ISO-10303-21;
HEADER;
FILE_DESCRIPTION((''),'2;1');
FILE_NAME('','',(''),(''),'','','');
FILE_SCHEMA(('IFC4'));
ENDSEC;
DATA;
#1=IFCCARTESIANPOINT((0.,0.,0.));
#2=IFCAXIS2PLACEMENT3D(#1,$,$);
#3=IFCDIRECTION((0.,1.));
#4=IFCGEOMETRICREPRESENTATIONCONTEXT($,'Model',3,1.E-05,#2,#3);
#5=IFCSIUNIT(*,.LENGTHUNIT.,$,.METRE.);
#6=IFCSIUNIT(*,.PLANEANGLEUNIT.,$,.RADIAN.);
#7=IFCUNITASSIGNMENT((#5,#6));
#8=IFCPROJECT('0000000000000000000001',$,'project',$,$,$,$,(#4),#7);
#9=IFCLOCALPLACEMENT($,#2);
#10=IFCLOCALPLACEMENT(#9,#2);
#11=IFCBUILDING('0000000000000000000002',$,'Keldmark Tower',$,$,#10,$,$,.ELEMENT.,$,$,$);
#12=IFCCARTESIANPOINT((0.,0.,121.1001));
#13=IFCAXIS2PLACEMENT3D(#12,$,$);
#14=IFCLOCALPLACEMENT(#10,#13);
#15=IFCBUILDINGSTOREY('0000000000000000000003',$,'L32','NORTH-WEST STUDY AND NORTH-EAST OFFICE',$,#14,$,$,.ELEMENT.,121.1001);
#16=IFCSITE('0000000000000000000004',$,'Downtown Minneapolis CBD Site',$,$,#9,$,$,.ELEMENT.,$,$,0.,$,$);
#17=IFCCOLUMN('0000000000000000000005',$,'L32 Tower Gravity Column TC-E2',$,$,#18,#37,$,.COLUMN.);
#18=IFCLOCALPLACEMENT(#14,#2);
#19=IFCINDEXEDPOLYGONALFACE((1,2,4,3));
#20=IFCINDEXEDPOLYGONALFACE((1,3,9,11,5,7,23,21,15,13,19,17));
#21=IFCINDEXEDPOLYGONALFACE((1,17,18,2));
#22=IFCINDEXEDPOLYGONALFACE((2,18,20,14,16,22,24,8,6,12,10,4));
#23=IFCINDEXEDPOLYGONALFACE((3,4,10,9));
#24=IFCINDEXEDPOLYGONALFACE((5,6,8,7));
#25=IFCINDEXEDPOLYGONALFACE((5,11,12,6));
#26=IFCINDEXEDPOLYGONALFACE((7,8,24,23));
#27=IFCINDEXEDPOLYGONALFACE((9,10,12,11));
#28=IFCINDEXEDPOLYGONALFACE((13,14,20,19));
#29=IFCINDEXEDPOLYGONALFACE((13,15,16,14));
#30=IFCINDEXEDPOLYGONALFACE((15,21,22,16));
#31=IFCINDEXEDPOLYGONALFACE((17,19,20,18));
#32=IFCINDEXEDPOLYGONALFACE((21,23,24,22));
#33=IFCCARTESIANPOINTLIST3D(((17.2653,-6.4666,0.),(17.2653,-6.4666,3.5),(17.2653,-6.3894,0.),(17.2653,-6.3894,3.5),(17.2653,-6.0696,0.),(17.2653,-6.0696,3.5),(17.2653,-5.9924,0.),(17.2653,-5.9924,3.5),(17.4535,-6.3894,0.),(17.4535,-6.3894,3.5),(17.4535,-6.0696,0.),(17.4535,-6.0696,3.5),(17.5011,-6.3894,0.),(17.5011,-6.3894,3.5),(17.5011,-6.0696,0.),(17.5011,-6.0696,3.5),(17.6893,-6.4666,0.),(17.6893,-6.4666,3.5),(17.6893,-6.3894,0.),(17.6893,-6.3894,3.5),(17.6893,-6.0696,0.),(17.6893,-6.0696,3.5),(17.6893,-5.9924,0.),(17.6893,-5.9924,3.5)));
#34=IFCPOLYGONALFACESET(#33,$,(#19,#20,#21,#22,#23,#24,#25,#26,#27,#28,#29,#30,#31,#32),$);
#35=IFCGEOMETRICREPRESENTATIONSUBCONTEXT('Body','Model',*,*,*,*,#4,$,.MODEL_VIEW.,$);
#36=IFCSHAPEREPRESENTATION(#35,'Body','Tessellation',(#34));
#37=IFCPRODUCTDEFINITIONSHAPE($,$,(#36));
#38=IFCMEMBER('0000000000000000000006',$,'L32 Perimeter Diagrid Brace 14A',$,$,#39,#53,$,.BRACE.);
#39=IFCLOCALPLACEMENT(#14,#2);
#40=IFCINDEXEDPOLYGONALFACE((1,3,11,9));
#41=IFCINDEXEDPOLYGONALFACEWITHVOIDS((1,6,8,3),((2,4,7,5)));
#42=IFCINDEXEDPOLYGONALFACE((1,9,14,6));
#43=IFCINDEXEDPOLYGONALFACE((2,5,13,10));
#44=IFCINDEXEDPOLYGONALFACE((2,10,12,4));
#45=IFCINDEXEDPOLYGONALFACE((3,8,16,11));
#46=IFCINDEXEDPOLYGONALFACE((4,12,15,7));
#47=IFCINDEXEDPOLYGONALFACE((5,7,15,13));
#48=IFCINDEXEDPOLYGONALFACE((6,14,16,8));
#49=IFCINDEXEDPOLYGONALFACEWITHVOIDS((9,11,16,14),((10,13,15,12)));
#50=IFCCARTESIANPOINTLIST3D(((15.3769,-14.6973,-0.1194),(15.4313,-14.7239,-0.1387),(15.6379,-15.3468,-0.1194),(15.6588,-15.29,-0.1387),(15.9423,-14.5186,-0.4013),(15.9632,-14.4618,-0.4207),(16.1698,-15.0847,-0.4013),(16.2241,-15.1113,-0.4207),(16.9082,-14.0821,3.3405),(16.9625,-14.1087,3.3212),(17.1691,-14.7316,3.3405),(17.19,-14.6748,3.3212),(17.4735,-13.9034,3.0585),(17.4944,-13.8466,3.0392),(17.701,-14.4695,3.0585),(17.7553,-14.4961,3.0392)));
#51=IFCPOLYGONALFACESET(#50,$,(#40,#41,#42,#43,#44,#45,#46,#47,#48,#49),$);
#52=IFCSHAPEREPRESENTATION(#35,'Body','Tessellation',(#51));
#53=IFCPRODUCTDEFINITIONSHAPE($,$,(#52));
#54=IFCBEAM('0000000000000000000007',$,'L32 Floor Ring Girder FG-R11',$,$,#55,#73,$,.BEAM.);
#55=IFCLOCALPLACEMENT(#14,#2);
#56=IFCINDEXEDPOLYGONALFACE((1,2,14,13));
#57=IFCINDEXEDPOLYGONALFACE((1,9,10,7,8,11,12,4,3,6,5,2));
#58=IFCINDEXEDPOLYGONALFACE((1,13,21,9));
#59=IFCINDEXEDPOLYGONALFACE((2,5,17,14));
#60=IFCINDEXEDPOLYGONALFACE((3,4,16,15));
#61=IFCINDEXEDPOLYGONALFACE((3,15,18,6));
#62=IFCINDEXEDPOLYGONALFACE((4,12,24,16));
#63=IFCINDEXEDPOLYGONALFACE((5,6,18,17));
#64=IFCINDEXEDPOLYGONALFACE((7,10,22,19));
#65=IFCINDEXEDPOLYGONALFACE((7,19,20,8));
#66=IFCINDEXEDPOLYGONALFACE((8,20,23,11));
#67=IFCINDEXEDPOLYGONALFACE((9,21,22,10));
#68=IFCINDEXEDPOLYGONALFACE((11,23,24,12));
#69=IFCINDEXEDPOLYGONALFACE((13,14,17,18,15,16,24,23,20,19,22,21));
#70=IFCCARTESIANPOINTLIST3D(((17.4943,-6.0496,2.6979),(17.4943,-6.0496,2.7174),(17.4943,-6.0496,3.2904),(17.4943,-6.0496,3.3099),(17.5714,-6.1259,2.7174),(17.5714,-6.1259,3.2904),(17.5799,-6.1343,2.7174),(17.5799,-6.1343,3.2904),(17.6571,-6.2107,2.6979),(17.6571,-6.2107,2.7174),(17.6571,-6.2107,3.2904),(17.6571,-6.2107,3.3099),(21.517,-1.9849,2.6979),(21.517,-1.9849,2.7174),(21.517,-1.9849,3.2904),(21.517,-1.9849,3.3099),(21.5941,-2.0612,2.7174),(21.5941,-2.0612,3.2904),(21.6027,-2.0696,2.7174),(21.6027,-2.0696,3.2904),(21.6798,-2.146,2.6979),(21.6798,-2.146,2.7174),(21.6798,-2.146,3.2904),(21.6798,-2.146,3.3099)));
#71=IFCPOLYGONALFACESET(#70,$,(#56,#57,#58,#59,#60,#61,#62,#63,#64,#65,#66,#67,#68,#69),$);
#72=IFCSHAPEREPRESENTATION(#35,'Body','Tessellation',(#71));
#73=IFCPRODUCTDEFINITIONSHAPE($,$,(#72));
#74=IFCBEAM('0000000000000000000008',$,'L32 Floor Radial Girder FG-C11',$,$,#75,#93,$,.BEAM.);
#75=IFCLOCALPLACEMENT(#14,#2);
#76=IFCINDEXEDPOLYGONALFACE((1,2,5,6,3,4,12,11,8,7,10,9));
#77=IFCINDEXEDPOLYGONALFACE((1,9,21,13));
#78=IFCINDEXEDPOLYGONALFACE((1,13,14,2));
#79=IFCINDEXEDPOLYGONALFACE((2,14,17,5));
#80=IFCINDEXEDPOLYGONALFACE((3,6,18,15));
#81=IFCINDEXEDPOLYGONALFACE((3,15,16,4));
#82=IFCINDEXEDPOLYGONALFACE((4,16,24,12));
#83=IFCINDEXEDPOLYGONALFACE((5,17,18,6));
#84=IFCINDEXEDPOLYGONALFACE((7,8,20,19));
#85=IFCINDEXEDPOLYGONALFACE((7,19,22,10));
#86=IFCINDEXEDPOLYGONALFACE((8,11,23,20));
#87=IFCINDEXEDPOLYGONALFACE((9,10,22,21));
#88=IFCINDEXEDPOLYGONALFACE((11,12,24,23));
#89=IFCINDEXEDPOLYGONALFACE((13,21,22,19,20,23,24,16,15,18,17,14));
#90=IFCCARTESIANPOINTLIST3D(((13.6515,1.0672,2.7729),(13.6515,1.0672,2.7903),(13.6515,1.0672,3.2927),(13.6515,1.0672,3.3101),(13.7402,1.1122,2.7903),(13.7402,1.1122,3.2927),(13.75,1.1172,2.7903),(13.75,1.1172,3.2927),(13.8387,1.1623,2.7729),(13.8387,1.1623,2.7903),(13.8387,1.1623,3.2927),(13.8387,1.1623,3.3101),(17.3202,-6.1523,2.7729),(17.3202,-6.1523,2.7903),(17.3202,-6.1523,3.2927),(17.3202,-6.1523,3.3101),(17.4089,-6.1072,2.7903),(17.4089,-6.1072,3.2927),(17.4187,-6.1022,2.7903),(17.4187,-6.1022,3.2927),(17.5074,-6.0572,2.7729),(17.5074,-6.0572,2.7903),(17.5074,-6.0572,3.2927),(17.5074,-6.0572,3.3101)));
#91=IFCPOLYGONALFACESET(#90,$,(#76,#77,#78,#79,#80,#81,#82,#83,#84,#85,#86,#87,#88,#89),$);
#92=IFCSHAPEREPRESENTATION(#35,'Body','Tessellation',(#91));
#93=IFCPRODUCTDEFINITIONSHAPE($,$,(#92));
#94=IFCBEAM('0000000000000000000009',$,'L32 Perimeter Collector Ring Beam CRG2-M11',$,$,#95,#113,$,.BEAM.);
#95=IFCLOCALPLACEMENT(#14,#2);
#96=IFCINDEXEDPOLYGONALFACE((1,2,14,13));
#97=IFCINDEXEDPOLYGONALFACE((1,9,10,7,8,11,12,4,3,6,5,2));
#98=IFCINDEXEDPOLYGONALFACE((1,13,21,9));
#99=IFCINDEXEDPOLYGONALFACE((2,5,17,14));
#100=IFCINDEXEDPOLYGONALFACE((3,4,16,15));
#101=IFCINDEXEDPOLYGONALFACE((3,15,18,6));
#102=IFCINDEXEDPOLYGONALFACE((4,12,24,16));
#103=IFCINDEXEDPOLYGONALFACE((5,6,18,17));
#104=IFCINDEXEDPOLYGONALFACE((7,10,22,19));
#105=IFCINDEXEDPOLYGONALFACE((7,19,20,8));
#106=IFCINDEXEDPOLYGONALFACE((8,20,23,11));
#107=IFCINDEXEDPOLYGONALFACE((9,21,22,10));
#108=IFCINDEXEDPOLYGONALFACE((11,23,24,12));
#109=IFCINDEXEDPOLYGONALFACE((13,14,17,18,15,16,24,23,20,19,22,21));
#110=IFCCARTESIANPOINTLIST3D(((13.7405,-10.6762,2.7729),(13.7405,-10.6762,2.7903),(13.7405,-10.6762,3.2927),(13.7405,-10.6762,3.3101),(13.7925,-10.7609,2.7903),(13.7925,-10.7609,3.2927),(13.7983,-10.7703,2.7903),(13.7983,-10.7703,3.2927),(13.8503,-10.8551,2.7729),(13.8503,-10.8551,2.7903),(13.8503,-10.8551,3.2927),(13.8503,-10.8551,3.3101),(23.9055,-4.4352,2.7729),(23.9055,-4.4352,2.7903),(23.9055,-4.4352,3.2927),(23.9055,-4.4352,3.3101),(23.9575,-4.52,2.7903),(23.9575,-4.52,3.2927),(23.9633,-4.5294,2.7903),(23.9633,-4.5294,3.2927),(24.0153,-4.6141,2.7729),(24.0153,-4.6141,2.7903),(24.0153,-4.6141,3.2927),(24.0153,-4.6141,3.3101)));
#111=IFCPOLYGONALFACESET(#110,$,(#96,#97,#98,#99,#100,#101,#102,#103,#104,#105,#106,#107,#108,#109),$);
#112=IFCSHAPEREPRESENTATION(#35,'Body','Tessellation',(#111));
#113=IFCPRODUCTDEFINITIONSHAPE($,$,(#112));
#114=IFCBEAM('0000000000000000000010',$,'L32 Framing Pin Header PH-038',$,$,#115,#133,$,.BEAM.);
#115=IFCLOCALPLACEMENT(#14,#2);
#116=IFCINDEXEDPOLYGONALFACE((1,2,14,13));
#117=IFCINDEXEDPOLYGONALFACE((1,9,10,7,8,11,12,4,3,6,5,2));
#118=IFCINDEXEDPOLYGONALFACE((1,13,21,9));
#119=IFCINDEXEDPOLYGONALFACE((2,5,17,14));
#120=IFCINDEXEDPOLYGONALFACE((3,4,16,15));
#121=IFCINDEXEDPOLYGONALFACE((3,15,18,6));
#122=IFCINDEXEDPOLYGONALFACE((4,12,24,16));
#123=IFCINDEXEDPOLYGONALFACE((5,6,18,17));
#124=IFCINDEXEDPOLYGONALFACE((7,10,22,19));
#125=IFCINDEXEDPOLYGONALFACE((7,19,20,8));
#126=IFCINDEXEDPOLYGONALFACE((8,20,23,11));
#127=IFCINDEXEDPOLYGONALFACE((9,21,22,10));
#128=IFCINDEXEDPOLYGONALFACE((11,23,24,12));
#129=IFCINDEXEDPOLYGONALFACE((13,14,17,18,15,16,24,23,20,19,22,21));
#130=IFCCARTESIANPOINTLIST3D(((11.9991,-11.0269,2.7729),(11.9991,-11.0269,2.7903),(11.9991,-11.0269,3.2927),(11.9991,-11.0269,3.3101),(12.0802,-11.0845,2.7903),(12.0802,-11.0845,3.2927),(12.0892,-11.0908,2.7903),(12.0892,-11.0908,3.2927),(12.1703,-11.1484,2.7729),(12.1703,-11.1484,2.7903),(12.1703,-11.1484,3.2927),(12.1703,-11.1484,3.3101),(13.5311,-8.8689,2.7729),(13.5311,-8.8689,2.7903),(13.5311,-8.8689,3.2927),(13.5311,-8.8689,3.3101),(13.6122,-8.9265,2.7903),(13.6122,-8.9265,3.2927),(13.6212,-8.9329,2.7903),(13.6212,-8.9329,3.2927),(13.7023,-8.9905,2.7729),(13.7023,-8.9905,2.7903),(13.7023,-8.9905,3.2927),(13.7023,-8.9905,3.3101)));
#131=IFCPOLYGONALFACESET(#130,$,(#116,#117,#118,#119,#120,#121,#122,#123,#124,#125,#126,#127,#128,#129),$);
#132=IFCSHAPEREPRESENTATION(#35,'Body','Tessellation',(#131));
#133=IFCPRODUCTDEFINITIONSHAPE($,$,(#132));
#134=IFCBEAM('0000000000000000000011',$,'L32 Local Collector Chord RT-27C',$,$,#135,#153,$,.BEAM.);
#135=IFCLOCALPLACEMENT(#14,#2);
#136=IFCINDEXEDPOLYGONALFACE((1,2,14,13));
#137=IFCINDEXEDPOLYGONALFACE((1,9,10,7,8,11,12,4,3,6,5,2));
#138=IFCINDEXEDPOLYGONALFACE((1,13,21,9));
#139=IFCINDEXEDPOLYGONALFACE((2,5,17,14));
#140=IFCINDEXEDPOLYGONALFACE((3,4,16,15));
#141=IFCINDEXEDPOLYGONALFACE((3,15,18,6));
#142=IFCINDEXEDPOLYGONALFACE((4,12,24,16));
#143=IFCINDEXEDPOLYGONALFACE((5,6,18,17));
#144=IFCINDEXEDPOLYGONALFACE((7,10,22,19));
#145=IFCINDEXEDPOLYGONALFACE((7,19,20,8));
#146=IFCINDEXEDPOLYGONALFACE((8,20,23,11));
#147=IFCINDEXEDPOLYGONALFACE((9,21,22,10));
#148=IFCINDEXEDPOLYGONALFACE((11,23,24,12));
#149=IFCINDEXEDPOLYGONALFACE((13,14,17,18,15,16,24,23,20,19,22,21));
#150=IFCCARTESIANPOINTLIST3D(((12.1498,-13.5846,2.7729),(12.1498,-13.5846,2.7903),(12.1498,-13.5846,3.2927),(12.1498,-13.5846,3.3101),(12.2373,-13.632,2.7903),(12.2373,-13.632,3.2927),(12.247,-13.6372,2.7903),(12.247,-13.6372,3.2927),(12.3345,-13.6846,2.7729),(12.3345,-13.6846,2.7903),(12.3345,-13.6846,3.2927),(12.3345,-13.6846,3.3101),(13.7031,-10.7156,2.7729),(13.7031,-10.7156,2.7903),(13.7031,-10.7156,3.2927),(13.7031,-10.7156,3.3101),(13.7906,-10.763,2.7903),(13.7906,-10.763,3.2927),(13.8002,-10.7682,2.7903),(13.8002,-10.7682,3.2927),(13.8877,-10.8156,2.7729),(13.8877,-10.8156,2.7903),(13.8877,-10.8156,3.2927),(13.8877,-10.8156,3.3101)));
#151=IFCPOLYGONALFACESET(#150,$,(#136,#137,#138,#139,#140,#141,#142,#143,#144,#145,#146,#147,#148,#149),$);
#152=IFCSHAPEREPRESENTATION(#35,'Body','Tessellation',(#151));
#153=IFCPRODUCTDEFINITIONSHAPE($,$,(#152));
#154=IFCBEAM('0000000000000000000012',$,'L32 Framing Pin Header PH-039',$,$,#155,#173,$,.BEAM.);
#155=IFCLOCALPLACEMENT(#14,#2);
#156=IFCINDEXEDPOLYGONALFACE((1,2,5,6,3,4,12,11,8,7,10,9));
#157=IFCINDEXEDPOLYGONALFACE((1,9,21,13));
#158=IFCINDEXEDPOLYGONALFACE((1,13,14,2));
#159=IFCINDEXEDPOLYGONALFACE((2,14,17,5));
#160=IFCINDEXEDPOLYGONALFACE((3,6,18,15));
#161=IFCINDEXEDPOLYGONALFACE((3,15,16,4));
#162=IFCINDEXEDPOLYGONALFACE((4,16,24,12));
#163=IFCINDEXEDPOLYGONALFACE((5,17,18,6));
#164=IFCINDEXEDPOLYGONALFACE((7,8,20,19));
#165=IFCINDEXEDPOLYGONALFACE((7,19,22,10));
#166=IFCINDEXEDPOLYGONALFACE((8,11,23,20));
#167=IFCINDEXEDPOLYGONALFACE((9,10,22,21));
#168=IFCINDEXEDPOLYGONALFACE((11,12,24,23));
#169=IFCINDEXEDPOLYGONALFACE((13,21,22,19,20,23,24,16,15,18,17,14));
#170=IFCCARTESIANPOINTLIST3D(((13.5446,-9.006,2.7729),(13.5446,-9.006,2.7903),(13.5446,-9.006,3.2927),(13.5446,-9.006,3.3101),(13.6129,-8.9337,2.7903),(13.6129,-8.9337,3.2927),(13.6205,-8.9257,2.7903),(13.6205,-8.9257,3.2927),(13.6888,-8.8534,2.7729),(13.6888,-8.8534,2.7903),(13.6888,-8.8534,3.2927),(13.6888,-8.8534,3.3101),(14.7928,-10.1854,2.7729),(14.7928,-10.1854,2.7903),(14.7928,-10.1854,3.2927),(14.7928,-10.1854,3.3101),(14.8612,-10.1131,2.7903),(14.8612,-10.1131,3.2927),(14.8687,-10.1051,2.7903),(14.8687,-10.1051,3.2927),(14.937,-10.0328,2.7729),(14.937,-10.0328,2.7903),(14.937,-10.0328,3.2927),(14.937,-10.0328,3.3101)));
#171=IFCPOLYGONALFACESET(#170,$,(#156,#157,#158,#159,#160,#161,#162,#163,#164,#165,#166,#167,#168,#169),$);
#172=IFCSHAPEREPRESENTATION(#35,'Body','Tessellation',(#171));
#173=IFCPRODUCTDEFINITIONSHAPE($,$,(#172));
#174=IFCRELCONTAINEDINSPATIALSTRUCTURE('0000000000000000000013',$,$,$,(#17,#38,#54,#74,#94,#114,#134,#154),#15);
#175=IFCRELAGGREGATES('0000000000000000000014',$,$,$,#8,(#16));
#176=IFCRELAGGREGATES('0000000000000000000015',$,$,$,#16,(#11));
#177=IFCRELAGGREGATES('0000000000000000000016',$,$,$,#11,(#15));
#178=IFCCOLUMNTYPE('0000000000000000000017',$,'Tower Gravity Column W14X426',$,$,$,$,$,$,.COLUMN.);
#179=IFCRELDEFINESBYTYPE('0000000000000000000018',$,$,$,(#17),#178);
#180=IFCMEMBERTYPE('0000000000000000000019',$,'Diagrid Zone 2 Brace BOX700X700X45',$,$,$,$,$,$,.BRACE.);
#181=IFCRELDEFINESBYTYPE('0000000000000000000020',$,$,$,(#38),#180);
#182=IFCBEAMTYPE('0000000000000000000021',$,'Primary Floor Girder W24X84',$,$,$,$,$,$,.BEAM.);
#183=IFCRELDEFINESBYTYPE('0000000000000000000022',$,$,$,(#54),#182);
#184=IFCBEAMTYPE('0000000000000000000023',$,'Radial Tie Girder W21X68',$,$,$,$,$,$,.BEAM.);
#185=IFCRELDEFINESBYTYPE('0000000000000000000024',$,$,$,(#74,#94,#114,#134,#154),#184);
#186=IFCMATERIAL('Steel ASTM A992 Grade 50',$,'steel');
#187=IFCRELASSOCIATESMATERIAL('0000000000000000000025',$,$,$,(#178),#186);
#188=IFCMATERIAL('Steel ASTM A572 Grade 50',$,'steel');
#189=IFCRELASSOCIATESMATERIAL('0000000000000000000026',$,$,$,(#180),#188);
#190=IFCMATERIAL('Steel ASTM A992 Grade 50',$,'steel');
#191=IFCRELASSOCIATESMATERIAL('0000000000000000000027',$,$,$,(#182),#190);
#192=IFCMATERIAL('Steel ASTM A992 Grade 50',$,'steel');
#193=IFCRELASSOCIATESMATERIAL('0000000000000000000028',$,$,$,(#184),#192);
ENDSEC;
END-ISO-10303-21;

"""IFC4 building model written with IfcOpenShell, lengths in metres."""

from ifc_helpers import new_model, si_unit, direction, frame, origin, origin_2d, place, context, subcontext, project, spatial, hollow_rectangle, i_section, extrude, material, material_profile, profile_set, type_object, element, save


model = new_model("IFC4")

# Units and contexts
model_context = context("Model", 3, precision=1e-05, world=origin(), true_north=direction((0.0, 1.0)))
body_context = subcontext(model_context, "Body", "Model", "MODEL_VIEW")
ifc_project = project(units=[si_unit("LENGTHUNIT", "METRE"), si_unit("PLANEANGLEUNIT", "RADIAN")], contexts=[model_context])

# Site, building, storey
site_placement = place(None, origin())
site = spatial("IfcSite", under=ifc_project, at=site_placement, Name="Downtown Minneapolis CBD Site", CompositionType="ELEMENT", RefElevation=0.0)
building_placement = place(site_placement, origin())
building = spatial("IfcBuilding", under=site, at=building_placement, Name="Keldmark Tower", CompositionType="ELEMENT")
storey_placement = place(building_placement, frame((0.0, 0.0, 121.1001)))
storey = spatial("IfcBuildingStorey", under=building, at=storey_placement, Name="L32", Description="NORTH-WEST STUDY AND NORTH-EAST OFFICE", CompositionType="ELEMENT", Elevation=121.1001)

# Column
ifc_material_1 = material(Name="Steel ASTM A992 Grade 50", Category="steel")
ifc_material_profile_1 = material_profile(ifc_material_1, i_section(OverallWidth=0.4241, OverallDepth=0.4741, WebThickness=0.0476, FlangeThickness=0.0771, at=origin_2d()), Name="W14X426")
ifc_profile_set_1 = profile_set([ifc_material_profile_1], Name="Steel ASTM A992 Grade 50")
column_type = type_object("IfcColumnType", Name="Tower Gravity Column W14X426", PredefinedType="COLUMN", material=ifc_profile_set_1)
column_placement = place(storey_placement, frame((17.4773, -6.2295, 0.0), z_axis=(0.0, 0.0, 1.0), x_axis=(1.0, 0.0, 0.0)))
element("IfcColumn", 1, at=column_placement, inside=storey, type_object=column_type, Name="L32 Tower Gravity Column TC-E2", PredefinedType="COLUMN", context=body_context, shape_type="SweptSolid", body=[
    extrude(i_section(OverallWidth=0.4241, OverallDepth=0.4741, WebThickness=0.0476, FlangeThickness=0.0771, at=origin_2d()), origin(), (0.0, 0.0, 1.0), 3.5),
])

# Member
ifc_material_2 = material(Name="Steel ASTM A572 Grade 50", Category="steel")
ifc_material_profile_2 = material_profile(ifc_material_2, hollow_rectangle(XDim=0.7, YDim=0.7, WallThickness=0.0449, at=origin_2d()), Name="BOX700X700X45")
ifc_profile_set_2 = profile_set([ifc_material_profile_2], Name="Steel ASTM A572 Grade 50")
member_type = type_object("IfcMemberType", Name="Diagrid Zone 2 Brace BOX700X700X45", PredefinedType="BRACE", material=ifc_profile_set_2)
member_placement = place(storey_placement, frame((15.8005, -14.9043, -0.27), z_axis=(0.399455, 0.160495, 0.902595), x_axis=(-0.372819, 0.927904, 0.0)))
element("IfcMember", 2, at=member_placement, inside=storey, type_object=member_type, Name="L32 Perimeter Diagrid Brace 14A", PredefinedType="BRACE", context=body_context, shape_type="SweptSolid", body=[
    extrude(hollow_rectangle(XDim=0.7, YDim=0.7, WallThickness=0.0449, at=origin_2d()), origin(), (0.0, 0.0, 1.0), 3.8333),
])

# Beams
ifc_material_3 = material(Name="Steel ASTM A992 Grade 50", Category="steel")
ifc_material_profile_3 = material_profile(ifc_material_3, i_section(OverallWidth=0.229, OverallDepth=0.6121, WebThickness=0.012, FlangeThickness=0.0195, at=origin_2d()), Name="W24X84")
ifc_profile_set_3 = profile_set([ifc_material_profile_3], Name="Steel ASTM A992 Grade 50")
beam_type_1 = type_object("IfcBeamType", Name="Primary Floor Girder W24X84", PredefinedType="BEAM", material=ifc_profile_set_3)
beam_1_placement = place(storey_placement, frame((17.5757, -6.1301, 3.0039), z_axis=(0.703426, 0.710769, 0.0), x_axis=(-0.710769, 0.703426, 0.0)))
element("IfcBeam", 3, at=beam_1_placement, inside=storey, type_object=beam_type_1, Name="L32 Floor Ring Girder FG-R11", PredefinedType="BEAM", context=body_context, shape_type="SweptSolid", body=[
    extrude(i_section(OverallWidth=0.229, OverallDepth=0.6121, WebThickness=0.012, FlangeThickness=0.0195, at=origin_2d()), origin(), (0.0, 0.0, 1.0), 5.7188),
])
ifc_material_4 = material(Name="Steel ASTM A992 Grade 50", Category="steel")
ifc_material_profile_4 = material_profile(ifc_material_4, i_section(OverallWidth=0.21, OverallDepth=0.5371, WebThickness=0.011, FlangeThickness=0.0173, at=origin_2d()), Name="W21X68")
ifc_profile_set_4 = profile_set([ifc_material_profile_4], Name="Steel ASTM A992 Grade 50")
beam_type_2 = type_object("IfcBeamType", Name="Radial Tie Girder W21X68", PredefinedType="BEAM", material=ifc_profile_set_4)
beam_2_placement = place(storey_placement, frame((17.4138, -6.1047, 3.0415), z_axis=(-0.453029, 0.891496, 0.0), x_axis=(-0.891496, -0.453029, 0.0)))
element("IfcBeam", 4, at=beam_2_placement, inside=storey, type_object=beam_type_2, Name="L32 Floor Radial Girder FG-C11", PredefinedType="BEAM", context=body_context, shape_type="SweptSolid", body=[
    extrude(i_section(OverallWidth=0.21, OverallDepth=0.5371, WebThickness=0.011, FlangeThickness=0.0173, at=origin_2d()), origin(), (0.0, 0.0, 1.0), 8.0981),
])
beam_3_placement = place(storey_placement, frame((13.7954, -10.7656, 3.0415), z_axis=(0.852198, 0.523219, 0.0), x_axis=(-0.523219, 0.852198, 0.0)))
element("IfcBeam", 5, at=beam_3_placement, inside=storey, type_object=beam_type_2, Name="L32 Perimeter Collector Ring Beam CRG2-M11", PredefinedType="BEAM", context=body_context, shape_type="SweptSolid", body=[
    extrude(i_section(OverallWidth=0.21, OverallDepth=0.5371, WebThickness=0.011, FlangeThickness=0.0173, at=origin_2d()), origin(), (0.0, 0.0, 1.0), 11.928),
])
beam_4_placement = place(storey_placement, frame((13.6167, -8.9297, 3.0415), z_axis=(-0.57888, -0.815413, 0.0), x_axis=(0.815413, -0.57888, 0.0)))
element("IfcBeam", 6, at=beam_4_placement, inside=storey, type_object=beam_type_2, Name="L32 Framing Pin Header PH-038", PredefinedType="BEAM", context=body_context, shape_type="SweptSolid", body=[
    extrude(i_section(OverallWidth=0.21, OverallDepth=0.5371, WebThickness=0.011, FlangeThickness=0.0173, at=origin_2d()), origin(), (0.0, 0.0, 1.0), 2.6465),
])
beam_5_placement = place(storey_placement, frame((13.7954, -10.7656, 3.0415), z_axis=(-0.476102, -0.87939, 0.0), x_axis=(0.87939, -0.476102, 0.0)))
element("IfcBeam", 7, at=beam_5_placement, inside=storey, type_object=beam_type_2, Name="L32 Local Collector Chord RT-27C", PredefinedType="BEAM", context=body_context, shape_type="SweptSolid", body=[
    extrude(i_section(OverallWidth=0.21, OverallDepth=0.5371, WebThickness=0.011, FlangeThickness=0.0173, at=origin_2d()), origin(), (0.0, 0.0, 1.0), 3.2625),
])
beam_6_placement = place(storey_placement, frame((13.6167, -8.9297, 3.0415), z_axis=(0.726867, -0.686778, 0.0), x_axis=(0.686778, 0.726867, 0.0)))
element("IfcBeam", 8, at=beam_6_placement, inside=storey, type_object=beam_type_2, Name="L32 Framing Pin Header PH-039", PredefinedType="BEAM", context=body_context, shape_type="SweptSolid", body=[
    extrude(i_section(OverallWidth=0.21, OverallDepth=0.5371, WebThickness=0.011, FlangeThickness=0.0173, at=origin_2d()), origin(), (0.0, 0.0, 1.0), 1.7173),
])

save(model, "model.ifc")
